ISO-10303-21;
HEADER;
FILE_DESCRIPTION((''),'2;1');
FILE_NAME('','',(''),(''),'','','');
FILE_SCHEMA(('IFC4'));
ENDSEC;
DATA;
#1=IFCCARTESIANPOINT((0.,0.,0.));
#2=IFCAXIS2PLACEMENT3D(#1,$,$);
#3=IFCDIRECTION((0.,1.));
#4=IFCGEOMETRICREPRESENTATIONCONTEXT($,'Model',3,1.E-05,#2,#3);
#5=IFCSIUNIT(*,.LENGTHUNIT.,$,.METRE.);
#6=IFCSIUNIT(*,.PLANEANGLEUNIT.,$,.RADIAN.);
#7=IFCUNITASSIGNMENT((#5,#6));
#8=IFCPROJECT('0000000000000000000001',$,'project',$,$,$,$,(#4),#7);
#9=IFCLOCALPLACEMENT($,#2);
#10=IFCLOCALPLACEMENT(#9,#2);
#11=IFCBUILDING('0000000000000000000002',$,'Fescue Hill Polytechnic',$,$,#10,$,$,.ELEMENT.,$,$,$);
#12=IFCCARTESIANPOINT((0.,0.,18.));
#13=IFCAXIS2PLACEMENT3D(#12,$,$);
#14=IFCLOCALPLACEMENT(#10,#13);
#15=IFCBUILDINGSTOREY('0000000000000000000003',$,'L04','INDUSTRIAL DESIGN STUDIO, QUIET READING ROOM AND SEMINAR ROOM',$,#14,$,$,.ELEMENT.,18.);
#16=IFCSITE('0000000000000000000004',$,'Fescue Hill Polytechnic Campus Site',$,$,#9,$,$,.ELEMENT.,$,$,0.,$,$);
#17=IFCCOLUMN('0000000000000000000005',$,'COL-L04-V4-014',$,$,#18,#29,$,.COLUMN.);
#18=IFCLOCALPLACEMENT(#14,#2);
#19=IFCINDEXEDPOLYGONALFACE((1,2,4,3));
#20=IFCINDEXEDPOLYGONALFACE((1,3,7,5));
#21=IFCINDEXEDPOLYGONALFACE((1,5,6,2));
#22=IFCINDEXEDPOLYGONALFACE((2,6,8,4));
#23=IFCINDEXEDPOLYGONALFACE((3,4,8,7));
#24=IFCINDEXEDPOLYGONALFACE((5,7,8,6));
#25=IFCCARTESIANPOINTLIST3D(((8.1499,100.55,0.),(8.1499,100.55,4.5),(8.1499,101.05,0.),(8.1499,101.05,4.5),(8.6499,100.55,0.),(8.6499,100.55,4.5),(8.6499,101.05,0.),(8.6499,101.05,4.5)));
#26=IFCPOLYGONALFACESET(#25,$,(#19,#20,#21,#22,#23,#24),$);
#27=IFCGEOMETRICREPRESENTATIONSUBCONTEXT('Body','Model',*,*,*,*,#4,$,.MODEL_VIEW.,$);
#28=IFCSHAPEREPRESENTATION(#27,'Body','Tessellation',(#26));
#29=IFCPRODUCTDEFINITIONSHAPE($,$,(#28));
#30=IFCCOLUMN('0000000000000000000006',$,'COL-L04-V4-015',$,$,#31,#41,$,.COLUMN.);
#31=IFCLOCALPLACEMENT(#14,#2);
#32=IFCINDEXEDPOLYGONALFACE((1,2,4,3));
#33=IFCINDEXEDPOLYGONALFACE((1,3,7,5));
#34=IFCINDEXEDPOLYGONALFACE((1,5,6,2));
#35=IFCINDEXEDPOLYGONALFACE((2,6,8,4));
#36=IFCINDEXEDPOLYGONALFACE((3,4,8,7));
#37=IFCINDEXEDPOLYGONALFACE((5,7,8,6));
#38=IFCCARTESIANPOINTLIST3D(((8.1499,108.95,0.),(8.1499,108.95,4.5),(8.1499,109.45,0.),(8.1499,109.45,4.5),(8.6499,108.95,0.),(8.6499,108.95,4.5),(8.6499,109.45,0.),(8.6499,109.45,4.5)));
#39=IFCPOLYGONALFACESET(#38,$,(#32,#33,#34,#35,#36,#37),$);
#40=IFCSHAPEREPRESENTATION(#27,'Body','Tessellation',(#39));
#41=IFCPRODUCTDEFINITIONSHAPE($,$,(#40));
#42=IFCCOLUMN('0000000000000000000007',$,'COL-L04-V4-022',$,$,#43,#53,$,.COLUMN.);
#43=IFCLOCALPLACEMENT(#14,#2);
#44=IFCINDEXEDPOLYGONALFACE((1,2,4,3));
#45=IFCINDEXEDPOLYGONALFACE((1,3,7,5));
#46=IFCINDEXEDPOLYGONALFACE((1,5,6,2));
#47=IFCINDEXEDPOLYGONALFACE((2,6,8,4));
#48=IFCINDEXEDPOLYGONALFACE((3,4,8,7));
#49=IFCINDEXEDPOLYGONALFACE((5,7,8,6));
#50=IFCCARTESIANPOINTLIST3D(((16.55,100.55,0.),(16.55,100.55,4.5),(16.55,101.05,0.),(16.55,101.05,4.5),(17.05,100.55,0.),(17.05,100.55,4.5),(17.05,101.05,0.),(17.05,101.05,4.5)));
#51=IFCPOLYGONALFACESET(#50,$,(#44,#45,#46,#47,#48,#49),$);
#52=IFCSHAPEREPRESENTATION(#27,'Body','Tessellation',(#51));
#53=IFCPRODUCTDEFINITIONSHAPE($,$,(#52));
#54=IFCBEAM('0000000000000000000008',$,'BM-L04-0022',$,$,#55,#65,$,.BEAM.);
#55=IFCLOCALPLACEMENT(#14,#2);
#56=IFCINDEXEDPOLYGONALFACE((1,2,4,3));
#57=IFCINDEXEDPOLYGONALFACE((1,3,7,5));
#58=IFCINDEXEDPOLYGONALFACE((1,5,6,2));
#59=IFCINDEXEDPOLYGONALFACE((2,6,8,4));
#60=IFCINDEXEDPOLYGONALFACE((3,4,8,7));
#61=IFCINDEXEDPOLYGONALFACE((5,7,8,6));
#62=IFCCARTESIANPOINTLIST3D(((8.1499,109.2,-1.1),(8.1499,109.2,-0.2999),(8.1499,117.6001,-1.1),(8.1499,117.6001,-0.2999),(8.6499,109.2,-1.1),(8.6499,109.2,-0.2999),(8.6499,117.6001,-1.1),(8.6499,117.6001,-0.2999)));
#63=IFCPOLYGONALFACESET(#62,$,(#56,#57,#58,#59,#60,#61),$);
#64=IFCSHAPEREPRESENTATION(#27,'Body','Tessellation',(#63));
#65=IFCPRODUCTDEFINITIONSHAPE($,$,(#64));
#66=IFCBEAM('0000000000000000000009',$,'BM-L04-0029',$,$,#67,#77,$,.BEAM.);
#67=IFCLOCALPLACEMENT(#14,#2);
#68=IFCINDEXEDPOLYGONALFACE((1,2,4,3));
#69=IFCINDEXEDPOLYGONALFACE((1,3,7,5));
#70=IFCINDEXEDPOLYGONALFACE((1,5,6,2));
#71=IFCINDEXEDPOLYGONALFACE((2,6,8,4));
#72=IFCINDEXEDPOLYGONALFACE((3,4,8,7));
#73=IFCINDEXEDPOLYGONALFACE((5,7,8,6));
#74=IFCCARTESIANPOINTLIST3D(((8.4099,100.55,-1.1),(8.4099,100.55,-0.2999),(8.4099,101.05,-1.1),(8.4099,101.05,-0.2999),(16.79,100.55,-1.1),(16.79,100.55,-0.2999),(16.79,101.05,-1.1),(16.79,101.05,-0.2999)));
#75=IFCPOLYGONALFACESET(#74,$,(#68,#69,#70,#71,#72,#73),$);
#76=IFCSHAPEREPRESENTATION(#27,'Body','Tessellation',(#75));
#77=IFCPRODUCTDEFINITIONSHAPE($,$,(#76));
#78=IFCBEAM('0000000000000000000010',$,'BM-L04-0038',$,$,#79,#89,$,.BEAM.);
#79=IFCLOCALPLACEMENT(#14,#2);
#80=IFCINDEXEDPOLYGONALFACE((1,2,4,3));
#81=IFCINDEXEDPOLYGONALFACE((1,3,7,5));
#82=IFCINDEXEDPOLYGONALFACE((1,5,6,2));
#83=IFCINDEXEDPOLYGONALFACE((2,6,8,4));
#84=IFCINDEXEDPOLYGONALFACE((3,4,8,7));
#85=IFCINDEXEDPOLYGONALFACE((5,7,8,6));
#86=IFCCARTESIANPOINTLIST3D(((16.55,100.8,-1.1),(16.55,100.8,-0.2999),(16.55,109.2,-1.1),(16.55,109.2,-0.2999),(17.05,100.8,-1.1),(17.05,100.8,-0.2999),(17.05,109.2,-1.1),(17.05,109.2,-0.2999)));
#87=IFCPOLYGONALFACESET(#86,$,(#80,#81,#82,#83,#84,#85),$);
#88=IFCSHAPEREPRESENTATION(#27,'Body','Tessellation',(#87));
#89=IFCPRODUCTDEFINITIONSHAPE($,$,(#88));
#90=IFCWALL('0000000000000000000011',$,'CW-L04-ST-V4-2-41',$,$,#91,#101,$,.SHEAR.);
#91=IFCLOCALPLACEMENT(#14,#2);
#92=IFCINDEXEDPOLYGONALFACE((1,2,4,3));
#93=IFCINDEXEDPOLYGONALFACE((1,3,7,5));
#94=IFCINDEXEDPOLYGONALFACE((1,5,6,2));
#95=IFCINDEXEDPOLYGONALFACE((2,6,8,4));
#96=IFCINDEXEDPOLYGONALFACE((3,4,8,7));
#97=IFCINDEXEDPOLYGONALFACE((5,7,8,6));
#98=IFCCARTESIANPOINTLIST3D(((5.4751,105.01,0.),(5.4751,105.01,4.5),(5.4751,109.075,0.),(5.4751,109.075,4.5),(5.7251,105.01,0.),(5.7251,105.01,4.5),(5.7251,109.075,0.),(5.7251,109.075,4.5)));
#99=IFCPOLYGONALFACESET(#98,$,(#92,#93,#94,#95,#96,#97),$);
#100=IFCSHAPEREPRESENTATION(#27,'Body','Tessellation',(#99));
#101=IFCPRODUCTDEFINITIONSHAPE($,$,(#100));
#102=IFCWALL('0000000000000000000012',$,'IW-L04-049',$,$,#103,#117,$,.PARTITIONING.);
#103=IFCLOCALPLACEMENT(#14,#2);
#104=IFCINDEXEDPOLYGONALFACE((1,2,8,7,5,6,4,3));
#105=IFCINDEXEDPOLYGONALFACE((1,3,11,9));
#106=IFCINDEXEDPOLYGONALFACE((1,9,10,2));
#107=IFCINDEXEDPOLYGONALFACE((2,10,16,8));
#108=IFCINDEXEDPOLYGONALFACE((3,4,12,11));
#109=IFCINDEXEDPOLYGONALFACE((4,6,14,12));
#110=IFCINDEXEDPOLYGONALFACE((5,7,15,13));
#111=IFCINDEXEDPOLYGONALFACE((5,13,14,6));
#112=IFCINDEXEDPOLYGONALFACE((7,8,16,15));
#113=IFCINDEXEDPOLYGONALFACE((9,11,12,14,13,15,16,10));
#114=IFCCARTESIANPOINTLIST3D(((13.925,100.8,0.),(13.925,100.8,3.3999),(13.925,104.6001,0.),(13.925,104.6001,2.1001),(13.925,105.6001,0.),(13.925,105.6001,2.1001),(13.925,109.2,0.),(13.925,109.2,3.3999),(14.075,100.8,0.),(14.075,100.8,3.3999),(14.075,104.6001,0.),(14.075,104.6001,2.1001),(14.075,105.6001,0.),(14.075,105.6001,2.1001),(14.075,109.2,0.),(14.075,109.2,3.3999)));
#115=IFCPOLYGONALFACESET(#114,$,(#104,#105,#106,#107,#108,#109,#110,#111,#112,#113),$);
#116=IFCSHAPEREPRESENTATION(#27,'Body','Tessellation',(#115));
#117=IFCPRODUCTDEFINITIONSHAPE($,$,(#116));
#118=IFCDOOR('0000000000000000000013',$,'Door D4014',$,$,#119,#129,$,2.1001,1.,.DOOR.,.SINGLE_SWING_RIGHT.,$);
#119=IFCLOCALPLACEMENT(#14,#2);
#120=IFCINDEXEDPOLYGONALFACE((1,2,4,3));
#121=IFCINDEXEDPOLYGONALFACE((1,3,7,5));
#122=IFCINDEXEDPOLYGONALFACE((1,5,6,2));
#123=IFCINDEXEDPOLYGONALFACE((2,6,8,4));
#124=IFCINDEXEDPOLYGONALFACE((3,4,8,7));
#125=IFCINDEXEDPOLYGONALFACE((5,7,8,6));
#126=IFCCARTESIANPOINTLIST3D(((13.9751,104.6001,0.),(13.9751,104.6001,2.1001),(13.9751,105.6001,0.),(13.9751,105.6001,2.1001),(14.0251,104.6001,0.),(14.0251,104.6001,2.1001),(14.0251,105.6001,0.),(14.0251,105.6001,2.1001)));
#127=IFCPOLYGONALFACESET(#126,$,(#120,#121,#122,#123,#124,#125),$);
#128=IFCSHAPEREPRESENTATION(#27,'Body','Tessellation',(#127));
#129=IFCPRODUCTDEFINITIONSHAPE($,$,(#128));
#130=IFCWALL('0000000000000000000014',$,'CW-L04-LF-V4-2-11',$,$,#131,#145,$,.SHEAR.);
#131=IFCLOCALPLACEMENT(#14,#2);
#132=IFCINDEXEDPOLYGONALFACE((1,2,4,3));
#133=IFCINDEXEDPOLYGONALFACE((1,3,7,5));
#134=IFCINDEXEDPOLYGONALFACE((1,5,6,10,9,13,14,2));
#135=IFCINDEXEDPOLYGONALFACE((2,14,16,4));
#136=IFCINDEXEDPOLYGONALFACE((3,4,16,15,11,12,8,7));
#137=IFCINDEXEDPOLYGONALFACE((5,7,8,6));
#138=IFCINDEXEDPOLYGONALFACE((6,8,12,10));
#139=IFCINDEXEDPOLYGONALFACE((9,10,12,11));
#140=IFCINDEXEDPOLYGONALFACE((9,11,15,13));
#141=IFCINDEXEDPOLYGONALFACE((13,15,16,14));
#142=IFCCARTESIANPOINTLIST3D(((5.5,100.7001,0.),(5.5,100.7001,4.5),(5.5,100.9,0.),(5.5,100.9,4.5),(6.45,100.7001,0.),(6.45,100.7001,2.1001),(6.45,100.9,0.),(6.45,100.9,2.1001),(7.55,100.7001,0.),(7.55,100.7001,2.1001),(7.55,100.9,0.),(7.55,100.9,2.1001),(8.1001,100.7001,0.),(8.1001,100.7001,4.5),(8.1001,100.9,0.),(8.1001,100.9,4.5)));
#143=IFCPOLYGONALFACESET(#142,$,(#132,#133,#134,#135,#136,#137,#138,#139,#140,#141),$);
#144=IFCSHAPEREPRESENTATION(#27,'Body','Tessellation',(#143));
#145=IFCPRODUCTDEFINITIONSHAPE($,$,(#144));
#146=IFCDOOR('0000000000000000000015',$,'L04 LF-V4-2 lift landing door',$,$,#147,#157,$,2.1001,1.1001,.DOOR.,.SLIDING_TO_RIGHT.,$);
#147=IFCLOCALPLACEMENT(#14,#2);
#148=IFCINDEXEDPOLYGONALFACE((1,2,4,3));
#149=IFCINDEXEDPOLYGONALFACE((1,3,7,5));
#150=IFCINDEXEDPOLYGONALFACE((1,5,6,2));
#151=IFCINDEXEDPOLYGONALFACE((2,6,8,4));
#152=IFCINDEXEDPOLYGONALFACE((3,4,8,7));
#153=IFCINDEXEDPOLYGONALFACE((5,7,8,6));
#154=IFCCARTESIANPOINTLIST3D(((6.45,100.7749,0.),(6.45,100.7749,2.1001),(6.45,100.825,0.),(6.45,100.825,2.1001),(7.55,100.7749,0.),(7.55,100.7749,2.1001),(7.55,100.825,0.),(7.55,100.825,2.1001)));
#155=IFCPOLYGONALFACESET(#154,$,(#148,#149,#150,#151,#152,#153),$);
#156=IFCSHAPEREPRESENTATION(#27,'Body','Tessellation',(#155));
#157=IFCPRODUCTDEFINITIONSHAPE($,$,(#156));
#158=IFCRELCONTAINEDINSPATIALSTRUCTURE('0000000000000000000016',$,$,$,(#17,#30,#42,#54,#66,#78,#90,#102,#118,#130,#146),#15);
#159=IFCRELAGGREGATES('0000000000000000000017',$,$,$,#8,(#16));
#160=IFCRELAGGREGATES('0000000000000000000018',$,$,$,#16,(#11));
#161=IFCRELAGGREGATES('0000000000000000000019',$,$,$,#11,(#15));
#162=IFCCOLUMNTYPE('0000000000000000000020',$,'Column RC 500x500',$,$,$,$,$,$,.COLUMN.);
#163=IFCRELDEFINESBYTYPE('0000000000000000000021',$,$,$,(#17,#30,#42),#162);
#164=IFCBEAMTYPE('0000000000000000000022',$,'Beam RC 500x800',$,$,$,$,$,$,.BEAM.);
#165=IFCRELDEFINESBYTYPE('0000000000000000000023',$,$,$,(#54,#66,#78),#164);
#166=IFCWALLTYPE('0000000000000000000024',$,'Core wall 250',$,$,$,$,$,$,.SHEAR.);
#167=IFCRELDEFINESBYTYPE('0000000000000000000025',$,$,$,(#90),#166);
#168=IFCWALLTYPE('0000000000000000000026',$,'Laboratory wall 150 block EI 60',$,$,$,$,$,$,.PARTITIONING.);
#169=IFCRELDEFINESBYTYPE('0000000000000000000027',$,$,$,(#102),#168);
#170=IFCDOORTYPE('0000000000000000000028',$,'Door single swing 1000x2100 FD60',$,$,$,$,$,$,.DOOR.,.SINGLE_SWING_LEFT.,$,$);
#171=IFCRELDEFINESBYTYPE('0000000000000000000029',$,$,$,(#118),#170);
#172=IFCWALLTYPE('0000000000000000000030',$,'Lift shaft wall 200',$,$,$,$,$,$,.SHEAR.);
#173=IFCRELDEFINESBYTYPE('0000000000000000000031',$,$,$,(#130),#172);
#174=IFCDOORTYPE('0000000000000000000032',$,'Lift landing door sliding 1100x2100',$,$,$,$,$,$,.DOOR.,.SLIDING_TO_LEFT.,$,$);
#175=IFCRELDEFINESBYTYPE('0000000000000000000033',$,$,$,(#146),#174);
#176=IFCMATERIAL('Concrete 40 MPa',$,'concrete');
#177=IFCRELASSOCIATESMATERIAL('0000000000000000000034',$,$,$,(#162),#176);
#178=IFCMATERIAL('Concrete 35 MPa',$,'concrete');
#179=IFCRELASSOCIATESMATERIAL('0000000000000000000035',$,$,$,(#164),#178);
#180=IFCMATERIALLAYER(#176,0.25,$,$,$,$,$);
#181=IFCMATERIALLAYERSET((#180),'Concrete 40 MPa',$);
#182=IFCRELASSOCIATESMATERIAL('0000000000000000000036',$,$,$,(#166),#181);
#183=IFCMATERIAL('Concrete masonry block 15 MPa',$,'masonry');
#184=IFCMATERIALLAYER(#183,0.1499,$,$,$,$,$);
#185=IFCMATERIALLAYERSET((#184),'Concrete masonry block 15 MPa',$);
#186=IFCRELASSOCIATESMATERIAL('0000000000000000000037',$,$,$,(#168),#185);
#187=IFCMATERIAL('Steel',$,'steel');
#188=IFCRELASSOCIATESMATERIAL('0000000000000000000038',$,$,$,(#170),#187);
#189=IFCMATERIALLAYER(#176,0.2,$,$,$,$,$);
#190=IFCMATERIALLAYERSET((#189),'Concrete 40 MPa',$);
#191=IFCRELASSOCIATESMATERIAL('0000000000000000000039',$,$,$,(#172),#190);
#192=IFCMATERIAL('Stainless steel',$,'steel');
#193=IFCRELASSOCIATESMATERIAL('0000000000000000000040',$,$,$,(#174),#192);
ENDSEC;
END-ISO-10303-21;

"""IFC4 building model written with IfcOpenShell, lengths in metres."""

from ifc_helpers import new_model, si_unit, direction, frame, frame_2d, origin, origin_2d, place, context, subcontext, project, spatial, rectangle, extrude, material, layer, layer_set, material_profile, profile_set, type_object, element, fill, save


model = new_model("IFC4")

# Units and contexts
model_context = context("Model", 3, precision=1e-05, world=origin(), true_north=direction((0.0, 1.0)))
body_context = subcontext(model_context, "Body", "Model", "MODEL_VIEW")
ifc_project = project(units=[si_unit("LENGTHUNIT", "METRE"), si_unit("PLANEANGLEUNIT", "RADIAN")], contexts=[model_context])

# Site, building, storey
site_placement = place(None, origin())
site = spatial("IfcSite", under=ifc_project, at=site_placement, Name="Fescue Hill Polytechnic Campus Site", CompositionType="ELEMENT", RefElevation=0.0)
building_placement = place(site_placement, origin())
building = spatial("IfcBuilding", under=site, at=building_placement, Name="Fescue Hill Polytechnic", CompositionType="ELEMENT")
storey_placement = place(building_placement, frame((0.0, 0.0, 18.0)))
storey = spatial("IfcBuildingStorey", under=building, at=storey_placement, Name="L04", Description="INDUSTRIAL DESIGN STUDIO, QUIET READING ROOM AND SEMINAR ROOM", CompositionType="ELEMENT", Elevation=18.0)

# Columns
ifc_material_1 = material(Name="Concrete 40 MPa", Category="concrete")
ifc_material_profile_1 = material_profile(ifc_material_1, rectangle(XDim=0.5, YDim=0.5, at=origin_2d()), Name="RC 500x500")
ifc_profile_set_1 = profile_set([ifc_material_profile_1], Name="Concrete 40 MPa")
column_type = type_object("IfcColumnType", Name="Column RC 500x500", PredefinedType="COLUMN", material=ifc_profile_set_1)
for number, where, z_axis, x_axis, name in (
    (1, (8.3999, 100.8, 0.0), (0.0, 0.0, 1.0), (1.0, 0.0, 0.0), "COL-L04-V4-014"),
    (2, (8.3999, 109.2, 0.0), (0.0, 0.0, 1.0), (1.0, 0.0, 0.0), "COL-L04-V4-015"),
    (3, (16.8, 100.8, 0.0), (0.0, 0.0, 1.0), (1.0, 0.0, 0.0), "COL-L04-V4-022"),
):
    element("IfcColumn", number, at=place(storey_placement, frame(where, z_axis=z_axis, x_axis=x_axis)), inside=storey, type_object=column_type, Name=name, PredefinedType="COLUMN", context=body_context, shape_type="SweptSolid", body=[
        extrude(rectangle(XDim=0.5, YDim=0.5, at=origin_2d()), origin(), (0.0, 0.0, 1.0), 4.5),
    ])

# Beams
ifc_material_2 = material(Name="Concrete 35 MPa", Category="concrete")
ifc_material_profile_2 = material_profile(ifc_material_2, rectangle(XDim=0.5, YDim=0.8, at=origin_2d()), Name="RC 500x800")
ifc_profile_set_2 = profile_set([ifc_material_profile_2], Name="Concrete 35 MPa")
beam_type = type_object("IfcBeamType", Name="Beam RC 500x800", PredefinedType="BEAM", material=ifc_profile_set_2)
beam_1_placement = place(storey_placement, frame((8.3999, 109.2, -0.7), z_axis=(0.0, 1.0, 0.0), x_axis=(-1.0, 0.0, 0.0)))
element("IfcBeam", 4, at=beam_1_placement, inside=storey, type_object=beam_type, Name="BM-L04-0022", PredefinedType="BEAM", context=body_context, shape_type="SweptSolid", body=[
    extrude(rectangle(XDim=0.5, YDim=0.8, at=origin_2d()), origin(), (0.0, 0.0, 1.0), 8.4001),
])
beam_2_placement = place(storey_placement, frame((8.4099, 100.8, -0.7), z_axis=(1.0, 0.0, 0.0), x_axis=(0.0, 1.0, 0.0)))
element("IfcBeam", 5, at=beam_2_placement, inside=storey, type_object=beam_type, Name="BM-L04-0029", PredefinedType="BEAM", context=body_context, shape_type="SweptSolid", body=[
    extrude(rectangle(XDim=0.5, YDim=0.8, at=origin_2d()), origin(), (0.0, 0.0, 1.0), 8.3801),
])
beam_3_placement = place(storey_placement, frame((16.8, 100.8, -0.7), z_axis=(0.0, 1.0, 0.0), x_axis=(-1.0, 0.0, 0.0)))
element("IfcBeam", 6, at=beam_3_placement, inside=storey, type_object=beam_type, Name="BM-L04-0038", PredefinedType="BEAM", context=body_context, shape_type="SweptSolid", body=[
    extrude(rectangle(XDim=0.5, YDim=0.8, at=origin_2d()), origin(), (0.0, 0.0, 1.0), 8.3999),
])

# Wall
ifc_layer_1 = layer(ifc_material_1, 0.25)
ifc_layer_set_1 = layer_set([ifc_layer_1], Name="Concrete 40 MPa")
wall_type_1 = type_object("IfcWallType", Name="Core wall 250", PredefinedType="SHEAR", material=ifc_layer_set_1)
wall_1_placement = place(storey_placement, frame((5.6001, 105.01, 0.0), z_axis=(0.0, 0.0, 1.0), x_axis=(0.0, 1.0, 0.0)))
element("IfcWall", 7, at=wall_1_placement, inside=storey, type_object=wall_type_1, Name="CW-L04-ST-V4-2-41", PredefinedType="SHEAR", context=body_context, shape_type="SweptSolid", body=[
    extrude(rectangle(XDim=4.0649, YDim=0.25, at=frame_2d((2.0325, 0.0))), origin(), (0.0, 0.0, 1.0), 4.5),
])

# Walls, openings, doors
ifc_material_3 = material(Name="Concrete masonry block 15 MPa", Category="masonry")
ifc_layer_2 = layer(ifc_material_3, 0.1499)
ifc_layer_set_2 = layer_set([ifc_layer_2], Name="Concrete masonry block 15 MPa")
wall_type_2 = type_object("IfcWallType", Name="Laboratory wall 150 block EI 60", PredefinedType="PARTITIONING", material=ifc_layer_set_2)
wall_2_placement = place(storey_placement, frame((14.0, 100.8, 0.0), z_axis=(0.0, 0.0, 1.0), x_axis=(0.0, 1.0, 0.0)))
wall_2 = element("IfcWall", 8, at=wall_2_placement, inside=storey, type_object=wall_type_2, Name="IW-L04-049", PredefinedType="PARTITIONING", context=body_context, shape_type="SweptSolid", body=[
    extrude(rectangle(XDim=8.3999, YDim=0.1499, at=frame_2d((4.2, 0.0))), origin(), (0.0, 0.0, 1.0), 3.3999),
])
opening_1_placement = place(wall_2_placement, frame((3.8, 0.0, 0.0)))
opening_1 = element("IfcOpeningElement", 9, at=opening_1_placement, cuts=wall_2, PredefinedType="OPENING", context=body_context, shape_type="SweptSolid", body=[
    extrude(rectangle(XDim=1.0, YDim=2.1001, at=frame_2d((0.5, 1.05))), frame((0.0, 0.085, 0.0), z_axis=(0.0, -1.0, 0.0), x_axis=(1.0, 0.0, 0.0)), (0.0, 0.0, 1.0), 0.1699),
])
ifc_material_4 = material(Name="Steel", Category="steel")
door_type_1 = type_object("IfcDoorType", Name="Door single swing 1000x2100 FD60", OperationType="SINGLE_SWING_LEFT", PredefinedType="DOOR", material=ifc_material_4)
door_1_placement = place(opening_1_placement, origin())
door_1 = element("IfcDoor", 10, at=door_1_placement, inside=storey, type_object=door_type_1, Name="Door D4014", OperationType="SINGLE_SWING_RIGHT", OverallHeight=2.1001, OverallWidth=1.0, PredefinedType="DOOR", context=body_context, shape_type="SweptSolid", body=[
    extrude(rectangle(XDim=1.0, YDim=2.1001, at=frame_2d((0.5, 1.05))), frame((0.0, 0.0249, 0.0), z_axis=(0.0, -1.0, 0.0), x_axis=(1.0, 0.0, 0.0)), (0.0, 0.0, 1.0), 0.05),
])
fill(opening_1, door_1)
ifc_layer_3 = layer(ifc_material_1, 0.2)
ifc_layer_set_3 = layer_set([ifc_layer_3], Name="Concrete 40 MPa")
wall_type_3 = type_object("IfcWallType", Name="Lift shaft wall 200", PredefinedType="SHEAR", material=ifc_layer_set_3)
wall_3_placement = place(storey_placement, frame((5.5, 100.8, 0.0), z_axis=(0.0, 0.0, 1.0), x_axis=(1.0, 0.0, 0.0)))
wall_3 = element("IfcWall", 11, at=wall_3_placement, inside=storey, type_object=wall_type_3, Name="CW-L04-LF-V4-2-11", PredefinedType="SHEAR", context=body_context, shape_type="SweptSolid", body=[
    extrude(rectangle(XDim=2.6001, YDim=0.2, at=frame_2d((1.3, 0.0))), origin(), (0.0, 0.0, 1.0), 4.5),
])
opening_2_placement = place(wall_3_placement, frame((0.95, 0.0, 0.0)))
opening_2 = element("IfcOpeningElement", 12, at=opening_2_placement, cuts=wall_3, PredefinedType="OPENING", context=body_context, shape_type="SweptSolid", body=[
    extrude(rectangle(XDim=1.1001, YDim=2.1001, at=frame_2d((0.55, 1.05))), frame((0.0, 0.1099, 0.0), z_axis=(0.0, -1.0, 0.0), x_axis=(1.0, 0.0, 0.0)), (0.0, 0.0, 1.0), 0.22),
])
ifc_material_5 = material(Name="Stainless steel", Category="steel")
door_type_2 = type_object("IfcDoorType", Name="Lift landing door sliding 1100x2100", OperationType="SLIDING_TO_LEFT", PredefinedType="DOOR", material=ifc_material_5)
door_2_placement = place(opening_2_placement, origin())
door_2 = element("IfcDoor", 13, at=door_2_placement, inside=storey, type_object=door_type_2, Name="L04 LF-V4-2 lift landing door", OperationType="SLIDING_TO_RIGHT", OverallHeight=2.1001, OverallWidth=1.1001, PredefinedType="DOOR", context=body_context, shape_type="SweptSolid", body=[
    extrude(rectangle(XDim=1.1001, YDim=2.1001, at=frame_2d((0.55, 1.05))), frame((0.0, 0.0249, 0.0), z_axis=(0.0, -1.0, 0.0), x_axis=(1.0, 0.0, 0.0)), (0.0, 0.0, 1.0), 0.05),
])
fill(opening_2, door_2)

save(model, "model.ifc")
